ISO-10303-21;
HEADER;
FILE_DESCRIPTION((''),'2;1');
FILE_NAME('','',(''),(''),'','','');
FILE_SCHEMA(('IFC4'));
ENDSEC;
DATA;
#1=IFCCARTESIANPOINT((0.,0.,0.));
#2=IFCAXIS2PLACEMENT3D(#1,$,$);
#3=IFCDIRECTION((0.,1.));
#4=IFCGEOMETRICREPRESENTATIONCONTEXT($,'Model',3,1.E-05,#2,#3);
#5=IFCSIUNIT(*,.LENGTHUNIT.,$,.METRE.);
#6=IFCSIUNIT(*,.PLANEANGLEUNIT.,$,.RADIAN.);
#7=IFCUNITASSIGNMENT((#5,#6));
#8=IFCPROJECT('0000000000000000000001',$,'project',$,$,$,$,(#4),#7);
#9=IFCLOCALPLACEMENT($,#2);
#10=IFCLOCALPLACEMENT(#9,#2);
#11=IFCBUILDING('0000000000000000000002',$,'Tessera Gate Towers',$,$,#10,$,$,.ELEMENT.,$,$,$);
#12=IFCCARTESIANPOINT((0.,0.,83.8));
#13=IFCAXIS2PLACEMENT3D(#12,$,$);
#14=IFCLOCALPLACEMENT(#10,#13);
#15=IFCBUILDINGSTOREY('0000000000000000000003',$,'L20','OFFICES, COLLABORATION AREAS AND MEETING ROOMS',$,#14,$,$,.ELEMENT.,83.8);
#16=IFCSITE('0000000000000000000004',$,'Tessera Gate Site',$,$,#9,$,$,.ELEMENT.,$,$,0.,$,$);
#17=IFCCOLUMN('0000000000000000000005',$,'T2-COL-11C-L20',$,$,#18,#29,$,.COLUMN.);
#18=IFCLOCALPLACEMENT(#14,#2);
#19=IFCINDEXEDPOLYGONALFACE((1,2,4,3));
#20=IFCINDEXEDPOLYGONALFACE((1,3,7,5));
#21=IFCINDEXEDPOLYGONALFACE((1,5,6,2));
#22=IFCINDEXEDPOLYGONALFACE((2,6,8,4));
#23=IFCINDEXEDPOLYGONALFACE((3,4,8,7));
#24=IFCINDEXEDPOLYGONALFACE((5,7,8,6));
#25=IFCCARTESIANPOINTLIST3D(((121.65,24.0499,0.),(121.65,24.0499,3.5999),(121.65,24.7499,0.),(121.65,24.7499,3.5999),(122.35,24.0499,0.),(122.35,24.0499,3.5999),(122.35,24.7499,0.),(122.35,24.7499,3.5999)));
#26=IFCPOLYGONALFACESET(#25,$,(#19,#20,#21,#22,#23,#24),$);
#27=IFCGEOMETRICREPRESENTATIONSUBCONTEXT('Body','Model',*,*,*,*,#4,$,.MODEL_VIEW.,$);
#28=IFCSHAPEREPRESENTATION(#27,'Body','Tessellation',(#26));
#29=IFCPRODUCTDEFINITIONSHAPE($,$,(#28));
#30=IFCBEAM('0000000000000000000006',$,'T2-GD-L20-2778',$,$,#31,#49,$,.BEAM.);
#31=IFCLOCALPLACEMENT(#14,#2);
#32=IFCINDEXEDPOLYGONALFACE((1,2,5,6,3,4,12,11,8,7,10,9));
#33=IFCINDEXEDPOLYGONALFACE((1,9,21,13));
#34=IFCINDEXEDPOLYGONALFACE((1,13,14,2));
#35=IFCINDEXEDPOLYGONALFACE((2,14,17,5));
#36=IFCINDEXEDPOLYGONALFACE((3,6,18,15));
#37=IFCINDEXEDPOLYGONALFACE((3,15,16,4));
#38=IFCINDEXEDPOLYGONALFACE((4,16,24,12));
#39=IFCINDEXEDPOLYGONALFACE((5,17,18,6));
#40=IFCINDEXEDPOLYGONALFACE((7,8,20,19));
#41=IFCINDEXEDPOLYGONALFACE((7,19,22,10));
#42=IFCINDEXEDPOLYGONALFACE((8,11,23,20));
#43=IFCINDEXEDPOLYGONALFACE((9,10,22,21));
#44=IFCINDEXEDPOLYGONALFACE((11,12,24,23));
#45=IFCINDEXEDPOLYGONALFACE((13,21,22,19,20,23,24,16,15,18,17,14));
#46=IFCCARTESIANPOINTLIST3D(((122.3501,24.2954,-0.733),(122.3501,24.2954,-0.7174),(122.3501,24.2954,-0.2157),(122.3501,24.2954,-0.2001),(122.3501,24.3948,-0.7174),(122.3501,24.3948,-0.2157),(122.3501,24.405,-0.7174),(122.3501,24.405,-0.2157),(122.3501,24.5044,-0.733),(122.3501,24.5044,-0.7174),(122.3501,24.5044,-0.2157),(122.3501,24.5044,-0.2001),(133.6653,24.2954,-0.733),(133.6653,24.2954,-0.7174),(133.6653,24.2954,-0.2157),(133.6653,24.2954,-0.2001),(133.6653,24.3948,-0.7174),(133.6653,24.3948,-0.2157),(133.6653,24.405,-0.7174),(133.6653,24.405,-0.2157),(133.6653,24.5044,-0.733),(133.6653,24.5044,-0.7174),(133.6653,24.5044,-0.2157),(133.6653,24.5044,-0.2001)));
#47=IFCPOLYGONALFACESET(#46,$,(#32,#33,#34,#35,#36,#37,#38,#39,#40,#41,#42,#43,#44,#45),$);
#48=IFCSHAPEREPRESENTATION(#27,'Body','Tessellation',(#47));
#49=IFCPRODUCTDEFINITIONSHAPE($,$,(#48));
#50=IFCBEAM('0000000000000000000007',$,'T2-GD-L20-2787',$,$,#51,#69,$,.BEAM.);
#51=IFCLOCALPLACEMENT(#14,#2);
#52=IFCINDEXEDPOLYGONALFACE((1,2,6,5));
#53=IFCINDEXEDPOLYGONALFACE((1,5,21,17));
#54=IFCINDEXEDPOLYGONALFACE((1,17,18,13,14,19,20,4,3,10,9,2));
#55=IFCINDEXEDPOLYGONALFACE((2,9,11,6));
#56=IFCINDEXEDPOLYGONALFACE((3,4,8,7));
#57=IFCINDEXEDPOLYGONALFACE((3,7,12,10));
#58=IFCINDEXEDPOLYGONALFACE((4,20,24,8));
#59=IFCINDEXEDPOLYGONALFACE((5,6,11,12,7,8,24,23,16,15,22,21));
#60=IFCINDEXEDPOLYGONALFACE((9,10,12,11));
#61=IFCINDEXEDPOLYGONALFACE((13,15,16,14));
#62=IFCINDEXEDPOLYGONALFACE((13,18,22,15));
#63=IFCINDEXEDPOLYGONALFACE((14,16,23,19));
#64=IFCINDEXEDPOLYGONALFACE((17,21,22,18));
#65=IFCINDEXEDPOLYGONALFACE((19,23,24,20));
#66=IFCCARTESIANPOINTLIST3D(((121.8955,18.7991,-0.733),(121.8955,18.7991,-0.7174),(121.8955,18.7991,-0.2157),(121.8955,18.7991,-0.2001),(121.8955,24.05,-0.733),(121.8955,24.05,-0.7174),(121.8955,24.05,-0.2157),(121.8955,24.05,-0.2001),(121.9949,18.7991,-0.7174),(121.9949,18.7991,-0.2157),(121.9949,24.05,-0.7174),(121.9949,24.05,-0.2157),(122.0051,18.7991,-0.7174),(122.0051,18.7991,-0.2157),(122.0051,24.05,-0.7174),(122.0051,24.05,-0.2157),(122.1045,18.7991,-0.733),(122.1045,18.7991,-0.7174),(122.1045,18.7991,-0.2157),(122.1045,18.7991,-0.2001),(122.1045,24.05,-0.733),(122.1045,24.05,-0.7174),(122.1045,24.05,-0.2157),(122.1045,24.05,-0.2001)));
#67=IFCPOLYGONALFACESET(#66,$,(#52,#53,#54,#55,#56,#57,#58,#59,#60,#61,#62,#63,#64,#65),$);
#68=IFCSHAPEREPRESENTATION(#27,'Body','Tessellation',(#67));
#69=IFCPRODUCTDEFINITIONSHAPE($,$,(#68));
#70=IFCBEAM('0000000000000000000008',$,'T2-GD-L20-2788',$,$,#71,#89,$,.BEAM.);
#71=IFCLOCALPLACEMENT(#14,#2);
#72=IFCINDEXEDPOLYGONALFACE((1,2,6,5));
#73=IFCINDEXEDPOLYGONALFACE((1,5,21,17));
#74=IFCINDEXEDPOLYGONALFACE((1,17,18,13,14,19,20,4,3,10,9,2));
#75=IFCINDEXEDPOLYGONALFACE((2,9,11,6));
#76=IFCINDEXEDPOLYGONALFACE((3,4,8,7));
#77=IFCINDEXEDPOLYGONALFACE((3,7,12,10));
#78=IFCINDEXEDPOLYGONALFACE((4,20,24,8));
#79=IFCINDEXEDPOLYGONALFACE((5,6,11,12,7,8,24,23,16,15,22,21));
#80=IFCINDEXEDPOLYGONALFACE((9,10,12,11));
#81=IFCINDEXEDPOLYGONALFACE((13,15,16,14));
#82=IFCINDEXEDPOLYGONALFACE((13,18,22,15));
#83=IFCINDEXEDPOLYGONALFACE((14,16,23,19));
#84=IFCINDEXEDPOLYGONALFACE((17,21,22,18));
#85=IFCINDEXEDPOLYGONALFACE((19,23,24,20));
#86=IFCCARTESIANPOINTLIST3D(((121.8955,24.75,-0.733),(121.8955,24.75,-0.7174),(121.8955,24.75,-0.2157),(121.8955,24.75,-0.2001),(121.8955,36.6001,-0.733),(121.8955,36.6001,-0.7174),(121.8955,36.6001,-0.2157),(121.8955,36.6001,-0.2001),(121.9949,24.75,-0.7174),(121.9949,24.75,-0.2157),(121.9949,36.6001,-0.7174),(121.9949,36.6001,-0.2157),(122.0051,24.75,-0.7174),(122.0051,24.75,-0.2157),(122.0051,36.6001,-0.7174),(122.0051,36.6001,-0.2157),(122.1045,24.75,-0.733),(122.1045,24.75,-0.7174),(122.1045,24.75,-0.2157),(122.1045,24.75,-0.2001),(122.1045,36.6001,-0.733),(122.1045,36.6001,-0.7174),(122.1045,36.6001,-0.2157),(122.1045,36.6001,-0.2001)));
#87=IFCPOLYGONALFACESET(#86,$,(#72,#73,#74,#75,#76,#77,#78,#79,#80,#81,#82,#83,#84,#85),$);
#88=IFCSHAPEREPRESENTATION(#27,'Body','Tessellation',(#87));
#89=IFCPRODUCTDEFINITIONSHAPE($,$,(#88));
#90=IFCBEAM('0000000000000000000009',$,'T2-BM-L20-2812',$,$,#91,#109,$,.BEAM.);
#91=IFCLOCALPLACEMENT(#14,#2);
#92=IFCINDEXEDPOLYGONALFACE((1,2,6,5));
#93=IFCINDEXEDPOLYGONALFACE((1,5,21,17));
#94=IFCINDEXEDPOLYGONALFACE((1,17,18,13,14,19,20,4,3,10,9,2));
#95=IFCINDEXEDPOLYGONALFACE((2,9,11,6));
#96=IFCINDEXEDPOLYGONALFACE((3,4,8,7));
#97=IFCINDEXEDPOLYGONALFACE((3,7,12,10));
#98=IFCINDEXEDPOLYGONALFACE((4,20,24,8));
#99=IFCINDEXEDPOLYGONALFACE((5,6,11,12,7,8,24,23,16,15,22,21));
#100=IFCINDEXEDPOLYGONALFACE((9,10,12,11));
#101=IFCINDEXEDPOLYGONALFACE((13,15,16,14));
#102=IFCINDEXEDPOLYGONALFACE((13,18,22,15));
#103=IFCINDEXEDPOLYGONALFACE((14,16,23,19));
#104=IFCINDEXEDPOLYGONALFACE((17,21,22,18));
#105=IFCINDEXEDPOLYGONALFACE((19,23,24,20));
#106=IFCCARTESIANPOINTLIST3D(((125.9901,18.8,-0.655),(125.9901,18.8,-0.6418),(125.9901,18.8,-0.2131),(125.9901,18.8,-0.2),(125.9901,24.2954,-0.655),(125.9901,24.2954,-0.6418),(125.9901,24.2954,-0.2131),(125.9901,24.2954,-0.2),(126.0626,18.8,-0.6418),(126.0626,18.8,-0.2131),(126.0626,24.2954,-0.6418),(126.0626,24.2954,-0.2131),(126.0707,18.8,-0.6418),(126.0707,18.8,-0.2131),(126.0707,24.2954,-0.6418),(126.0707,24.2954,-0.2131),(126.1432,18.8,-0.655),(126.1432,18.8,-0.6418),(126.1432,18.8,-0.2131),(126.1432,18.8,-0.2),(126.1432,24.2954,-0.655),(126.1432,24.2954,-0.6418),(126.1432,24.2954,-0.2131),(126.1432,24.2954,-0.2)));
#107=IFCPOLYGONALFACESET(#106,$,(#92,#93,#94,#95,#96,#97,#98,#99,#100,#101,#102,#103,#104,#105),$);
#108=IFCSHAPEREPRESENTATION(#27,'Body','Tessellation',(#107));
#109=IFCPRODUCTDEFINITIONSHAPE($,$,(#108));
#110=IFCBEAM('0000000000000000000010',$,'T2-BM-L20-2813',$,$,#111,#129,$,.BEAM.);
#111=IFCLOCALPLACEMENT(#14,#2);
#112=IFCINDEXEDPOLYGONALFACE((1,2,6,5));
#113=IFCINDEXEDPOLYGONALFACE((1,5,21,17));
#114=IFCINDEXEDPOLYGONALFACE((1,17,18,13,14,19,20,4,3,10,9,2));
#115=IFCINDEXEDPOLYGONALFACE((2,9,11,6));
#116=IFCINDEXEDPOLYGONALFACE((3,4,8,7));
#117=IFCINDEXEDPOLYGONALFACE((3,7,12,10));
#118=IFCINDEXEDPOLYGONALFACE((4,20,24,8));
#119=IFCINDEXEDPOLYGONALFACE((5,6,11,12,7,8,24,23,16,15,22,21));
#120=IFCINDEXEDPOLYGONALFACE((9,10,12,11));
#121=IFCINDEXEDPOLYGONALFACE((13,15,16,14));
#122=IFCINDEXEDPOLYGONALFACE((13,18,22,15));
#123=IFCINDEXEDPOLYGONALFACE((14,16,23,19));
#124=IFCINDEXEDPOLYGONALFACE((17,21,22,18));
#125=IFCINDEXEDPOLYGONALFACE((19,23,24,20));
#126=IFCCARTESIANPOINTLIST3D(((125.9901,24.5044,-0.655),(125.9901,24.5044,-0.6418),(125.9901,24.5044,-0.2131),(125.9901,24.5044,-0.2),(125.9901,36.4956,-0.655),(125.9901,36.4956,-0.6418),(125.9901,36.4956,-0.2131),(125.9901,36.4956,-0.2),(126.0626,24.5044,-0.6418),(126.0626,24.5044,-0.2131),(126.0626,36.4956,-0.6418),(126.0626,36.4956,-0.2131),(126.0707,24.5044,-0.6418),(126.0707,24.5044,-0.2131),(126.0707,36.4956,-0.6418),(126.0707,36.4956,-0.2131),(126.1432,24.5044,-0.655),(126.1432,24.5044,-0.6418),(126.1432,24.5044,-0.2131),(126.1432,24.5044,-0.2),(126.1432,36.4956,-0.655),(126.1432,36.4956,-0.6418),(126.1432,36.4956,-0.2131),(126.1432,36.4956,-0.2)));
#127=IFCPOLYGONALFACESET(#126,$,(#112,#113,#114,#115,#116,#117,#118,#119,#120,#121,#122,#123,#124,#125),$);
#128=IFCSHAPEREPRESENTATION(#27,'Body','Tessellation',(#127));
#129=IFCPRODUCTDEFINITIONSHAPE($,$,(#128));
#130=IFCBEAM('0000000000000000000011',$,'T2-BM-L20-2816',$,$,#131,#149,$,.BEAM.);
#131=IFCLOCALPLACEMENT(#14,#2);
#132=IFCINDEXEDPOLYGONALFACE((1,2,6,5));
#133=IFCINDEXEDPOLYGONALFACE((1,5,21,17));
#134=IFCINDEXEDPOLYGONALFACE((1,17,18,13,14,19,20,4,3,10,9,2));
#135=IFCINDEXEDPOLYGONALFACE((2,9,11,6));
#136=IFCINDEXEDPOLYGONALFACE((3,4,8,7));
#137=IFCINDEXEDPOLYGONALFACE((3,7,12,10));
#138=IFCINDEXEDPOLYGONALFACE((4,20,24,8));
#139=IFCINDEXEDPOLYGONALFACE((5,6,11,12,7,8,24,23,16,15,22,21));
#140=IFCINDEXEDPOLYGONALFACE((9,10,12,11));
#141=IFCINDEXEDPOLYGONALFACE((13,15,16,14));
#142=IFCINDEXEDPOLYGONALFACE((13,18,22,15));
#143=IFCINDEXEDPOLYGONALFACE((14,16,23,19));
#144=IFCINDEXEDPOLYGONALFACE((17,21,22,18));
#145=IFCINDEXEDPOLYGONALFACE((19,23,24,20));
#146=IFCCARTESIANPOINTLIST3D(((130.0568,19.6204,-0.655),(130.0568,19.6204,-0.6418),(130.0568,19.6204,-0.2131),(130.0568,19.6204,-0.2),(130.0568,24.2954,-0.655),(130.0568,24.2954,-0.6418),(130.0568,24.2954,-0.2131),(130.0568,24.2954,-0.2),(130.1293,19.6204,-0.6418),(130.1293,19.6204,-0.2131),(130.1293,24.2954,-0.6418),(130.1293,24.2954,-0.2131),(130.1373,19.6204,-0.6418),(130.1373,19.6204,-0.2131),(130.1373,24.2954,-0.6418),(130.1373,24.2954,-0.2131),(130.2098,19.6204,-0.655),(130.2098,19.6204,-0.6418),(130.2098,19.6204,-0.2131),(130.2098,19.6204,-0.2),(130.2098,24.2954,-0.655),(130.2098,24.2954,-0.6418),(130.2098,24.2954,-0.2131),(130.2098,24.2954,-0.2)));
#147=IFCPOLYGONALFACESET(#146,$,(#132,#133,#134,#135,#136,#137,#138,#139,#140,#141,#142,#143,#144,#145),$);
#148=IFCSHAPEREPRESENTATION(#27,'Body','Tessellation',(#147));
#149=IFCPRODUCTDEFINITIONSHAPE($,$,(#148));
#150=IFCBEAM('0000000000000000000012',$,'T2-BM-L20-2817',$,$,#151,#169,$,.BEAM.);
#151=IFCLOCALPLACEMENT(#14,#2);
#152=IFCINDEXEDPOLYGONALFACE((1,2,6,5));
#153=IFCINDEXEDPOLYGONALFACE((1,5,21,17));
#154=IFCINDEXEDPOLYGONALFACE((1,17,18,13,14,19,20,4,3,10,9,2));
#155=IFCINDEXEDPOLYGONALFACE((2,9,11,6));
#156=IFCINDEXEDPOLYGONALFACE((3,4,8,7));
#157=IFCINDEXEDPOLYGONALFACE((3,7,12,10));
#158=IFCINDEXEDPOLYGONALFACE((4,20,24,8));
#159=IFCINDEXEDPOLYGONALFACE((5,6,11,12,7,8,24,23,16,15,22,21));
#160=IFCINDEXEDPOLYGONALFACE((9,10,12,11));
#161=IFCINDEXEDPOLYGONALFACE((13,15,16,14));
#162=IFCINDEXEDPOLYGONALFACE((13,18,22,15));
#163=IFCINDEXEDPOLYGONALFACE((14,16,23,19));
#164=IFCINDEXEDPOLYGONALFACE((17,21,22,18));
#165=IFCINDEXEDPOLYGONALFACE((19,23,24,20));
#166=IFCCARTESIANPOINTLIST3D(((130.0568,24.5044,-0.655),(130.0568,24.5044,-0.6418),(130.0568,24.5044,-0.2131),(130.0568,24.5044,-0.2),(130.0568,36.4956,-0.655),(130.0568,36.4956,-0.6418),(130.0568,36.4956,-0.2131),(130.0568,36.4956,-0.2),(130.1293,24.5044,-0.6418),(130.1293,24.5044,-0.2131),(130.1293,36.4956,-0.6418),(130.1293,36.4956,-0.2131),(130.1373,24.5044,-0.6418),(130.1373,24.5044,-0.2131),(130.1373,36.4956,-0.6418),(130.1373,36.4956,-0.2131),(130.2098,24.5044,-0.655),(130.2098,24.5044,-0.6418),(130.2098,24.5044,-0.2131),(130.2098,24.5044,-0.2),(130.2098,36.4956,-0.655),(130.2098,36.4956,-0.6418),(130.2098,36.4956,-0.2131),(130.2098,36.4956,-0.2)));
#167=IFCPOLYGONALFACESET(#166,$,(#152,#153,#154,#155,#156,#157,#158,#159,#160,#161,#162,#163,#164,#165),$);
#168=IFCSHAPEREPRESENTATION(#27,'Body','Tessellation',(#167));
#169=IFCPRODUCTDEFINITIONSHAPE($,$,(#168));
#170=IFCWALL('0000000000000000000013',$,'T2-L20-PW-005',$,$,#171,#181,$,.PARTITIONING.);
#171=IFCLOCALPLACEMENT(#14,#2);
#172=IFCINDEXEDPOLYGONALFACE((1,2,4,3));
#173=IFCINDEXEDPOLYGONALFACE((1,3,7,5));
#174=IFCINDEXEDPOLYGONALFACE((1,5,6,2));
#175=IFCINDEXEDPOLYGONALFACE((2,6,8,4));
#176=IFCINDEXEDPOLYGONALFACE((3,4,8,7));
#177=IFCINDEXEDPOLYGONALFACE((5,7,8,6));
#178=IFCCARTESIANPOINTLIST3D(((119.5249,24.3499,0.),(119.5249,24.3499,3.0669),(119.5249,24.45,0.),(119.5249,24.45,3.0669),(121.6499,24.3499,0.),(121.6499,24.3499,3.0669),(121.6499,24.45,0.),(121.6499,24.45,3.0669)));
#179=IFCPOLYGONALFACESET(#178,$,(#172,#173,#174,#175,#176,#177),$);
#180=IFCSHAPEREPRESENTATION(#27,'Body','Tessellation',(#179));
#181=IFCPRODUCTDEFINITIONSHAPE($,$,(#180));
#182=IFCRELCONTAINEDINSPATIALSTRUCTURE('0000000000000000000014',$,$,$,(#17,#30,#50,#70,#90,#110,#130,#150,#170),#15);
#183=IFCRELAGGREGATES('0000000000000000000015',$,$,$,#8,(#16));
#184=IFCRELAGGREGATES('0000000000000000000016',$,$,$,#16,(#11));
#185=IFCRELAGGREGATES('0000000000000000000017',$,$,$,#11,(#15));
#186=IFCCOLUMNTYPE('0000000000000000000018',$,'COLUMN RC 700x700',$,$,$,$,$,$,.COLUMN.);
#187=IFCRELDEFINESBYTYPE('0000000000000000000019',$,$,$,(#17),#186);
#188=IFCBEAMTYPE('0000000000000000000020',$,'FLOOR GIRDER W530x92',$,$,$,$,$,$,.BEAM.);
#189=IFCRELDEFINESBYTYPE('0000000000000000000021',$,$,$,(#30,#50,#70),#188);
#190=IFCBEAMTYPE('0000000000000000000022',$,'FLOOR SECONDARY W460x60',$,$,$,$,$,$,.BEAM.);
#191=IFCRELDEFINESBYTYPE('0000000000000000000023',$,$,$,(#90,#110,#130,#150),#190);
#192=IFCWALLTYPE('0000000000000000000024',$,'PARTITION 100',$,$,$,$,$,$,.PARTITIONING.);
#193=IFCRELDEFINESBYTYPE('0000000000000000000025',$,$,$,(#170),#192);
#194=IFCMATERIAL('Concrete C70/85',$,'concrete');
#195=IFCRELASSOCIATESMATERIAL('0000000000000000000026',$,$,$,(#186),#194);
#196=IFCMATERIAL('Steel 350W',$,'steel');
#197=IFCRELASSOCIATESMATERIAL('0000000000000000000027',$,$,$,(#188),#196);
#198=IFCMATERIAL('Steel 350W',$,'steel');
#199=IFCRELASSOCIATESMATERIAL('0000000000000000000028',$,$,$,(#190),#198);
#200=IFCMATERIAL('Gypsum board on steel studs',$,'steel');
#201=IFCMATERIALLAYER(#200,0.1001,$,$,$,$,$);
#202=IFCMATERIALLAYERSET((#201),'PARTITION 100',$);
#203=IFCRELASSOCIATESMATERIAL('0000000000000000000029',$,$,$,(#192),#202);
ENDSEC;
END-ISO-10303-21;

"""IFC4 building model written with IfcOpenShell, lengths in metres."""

from ifc_helpers import new_model, si_unit, direction, frame, frame_2d, origin, origin_2d, place, context, subcontext, project, spatial, rectangle, i_section, extrude, material, layer, layer_set, material_profile, profile_set, type_object, element, save


model = new_model("IFC4")

# Units and contexts
model_context = context("Model", 3, precision=1e-05, world=origin(), true_north=direction((0.0, 1.0)))
body_context = subcontext(model_context, "Body", "Model", "MODEL_VIEW")
ifc_project = project(units=[si_unit("LENGTHUNIT", "METRE"), si_unit("PLANEANGLEUNIT", "RADIAN")], contexts=[model_context])

# Site, building, storey
site_placement = place(None, origin())
site = spatial("IfcSite", under=ifc_project, at=site_placement, Name="Tessera Gate Site", CompositionType="ELEMENT", RefElevation=0.0)
building_placement = place(site_placement, origin())
building = spatial("IfcBuilding", under=site, at=building_placement, Name="Tessera Gate Towers", CompositionType="ELEMENT")
storey_placement = place(building_placement, frame((0.0, 0.0, 83.8)))
storey = spatial("IfcBuildingStorey", under=building, at=storey_placement, Name="L20", Description="OFFICES, COLLABORATION AREAS AND MEETING ROOMS", CompositionType="ELEMENT", Elevation=83.8)

# Column
ifc_material_1 = material(Name="Concrete C70/85", Category="concrete")
ifc_material_profile_1 = material_profile(ifc_material_1, rectangle(XDim=0.7, YDim=0.7, at=origin_2d()), Name="RC 700x700")
ifc_profile_set_1 = profile_set([ifc_material_profile_1], Name="Concrete C70/85")
column_type = type_object("IfcColumnType", Name="COLUMN RC 700x700", PredefinedType="COLUMN", material=ifc_profile_set_1)
column_placement = place(storey_placement, frame((122.0, 24.3999, 0.0), z_axis=(0.0, 0.0, 1.0), x_axis=(1.0, 0.0, 0.0)))
element("IfcColumn", 1, at=column_placement, inside=storey, type_object=column_type, Name="T2-COL-11C-L20", PredefinedType="COLUMN", context=body_context, shape_type="SweptSolid", body=[
    extrude(rectangle(XDim=0.7, YDim=0.7, at=origin_2d()), origin(), (0.0, 0.0, 1.0), 3.5999),
])

# Beams
ifc_material_2 = material(Name="Steel 350W", Category="steel")
ifc_material_profile_2 = material_profile(ifc_material_2, i_section(OverallWidth=0.209, OverallDepth=0.533, WebThickness=0.0103, FlangeThickness=0.0156, at=origin_2d()), Name="W530x92")
ifc_profile_set_2 = profile_set([ifc_material_profile_2], Name="Steel 350W")
beam_type_1 = type_object("IfcBeamType", Name="FLOOR GIRDER W530x92", PredefinedType="BEAM", material=ifc_profile_set_2)
beam_1_placement = place(storey_placement, frame((122.3501, 24.3999, -0.4666), z_axis=(1.0, 0.0, 0.0), x_axis=(0.0, 1.0, 0.0)))
element("IfcBeam", 2, at=beam_1_placement, inside=storey, type_object=beam_type_1, Name="T2-GD-L20-2778", PredefinedType="BEAM", context=body_context, shape_type="SweptSolid", body=[
    extrude(i_section(OverallWidth=0.209, OverallDepth=0.533, WebThickness=0.0103, FlangeThickness=0.0156, at=origin_2d()), origin(), (0.0, 0.0, 1.0), 11.3152),
])
beam_2_placement = place(storey_placement, frame((122.0, 18.7991, -0.4666), z_axis=(0.0, 1.0, 0.0), x_axis=(-1.0, 0.0, 0.0)))
element("IfcBeam", 3, at=beam_2_placement, inside=storey, type_object=beam_type_1, Name="T2-GD-L20-2787", PredefinedType="BEAM", context=body_context, shape_type="SweptSolid", body=[
    extrude(i_section(OverallWidth=0.209, OverallDepth=0.533, WebThickness=0.0103, FlangeThickness=0.0156, at=origin_2d()), origin(), (0.0, 0.0, 1.0), 5.251),
])
beam_3_placement = place(storey_placement, frame((122.0, 24.75, -0.4666), z_axis=(0.0, 1.0, 0.0), x_axis=(-1.0, 0.0, 0.0)))
element("IfcBeam", 4, at=beam_3_placement, inside=storey, type_object=beam_type_1, Name="T2-GD-L20-2788", PredefinedType="BEAM", context=body_context, shape_type="SweptSolid", body=[
    extrude(i_section(OverallWidth=0.209, OverallDepth=0.533, WebThickness=0.0103, FlangeThickness=0.0156, at=origin_2d()), origin(), (0.0, 0.0, 1.0), 11.8501),
])
ifc_material_3 = material(Name="Steel 350W", Category="steel")
ifc_material_profile_3 = material_profile(ifc_material_3, i_section(OverallWidth=0.1531, OverallDepth=0.4551, WebThickness=0.0081, FlangeThickness=0.0132, at=origin_2d()), Name="W460x60")
ifc_profile_set_3 = profile_set([ifc_material_profile_3], Name="Steel 350W")
beam_type_2 = type_object("IfcBeamType", Name="FLOOR SECONDARY W460x60", PredefinedType="BEAM", material=ifc_profile_set_3)
beam_4_placement = place(storey_placement, frame((126.0667, 18.8, -0.4275), z_axis=(0.0, 1.0, 0.0), x_axis=(-1.0, 0.0, 0.0)))
element("IfcBeam", 5, at=beam_4_placement, inside=storey, type_object=beam_type_2, Name="T2-BM-L20-2812", PredefinedType="BEAM", context=body_context, shape_type="SweptSolid", body=[
    extrude(i_section(OverallWidth=0.1531, OverallDepth=0.4551, WebThickness=0.0081, FlangeThickness=0.0132, at=origin_2d()), origin(), (0.0, 0.0, 1.0), 5.4954),
])
beam_5_placement = place(storey_placement, frame((126.0667, 24.5044, -0.4275), z_axis=(0.0, 1.0, 0.0), x_axis=(-1.0, 0.0, 0.0)))
element("IfcBeam", 6, at=beam_5_placement, inside=storey, type_object=beam_type_2, Name="T2-BM-L20-2813", PredefinedType="BEAM", context=body_context, shape_type="SweptSolid", body=[
    extrude(i_section(OverallWidth=0.1531, OverallDepth=0.4551, WebThickness=0.0081, FlangeThickness=0.0132, at=origin_2d()), origin(), (0.0, 0.0, 1.0), 11.9912),
])
beam_6_placement = place(storey_placement, frame((130.1333, 19.6204, -0.4275), z_axis=(0.0, 1.0, 0.0), x_axis=(-1.0, 0.0, 0.0)))
element("IfcBeam", 7, at=beam_6_placement, inside=storey, type_object=beam_type_2, Name="T2-BM-L20-2816", PredefinedType="BEAM", context=body_context, shape_type="SweptSolid", body=[
    extrude(i_section(OverallWidth=0.1531, OverallDepth=0.4551, WebThickness=0.0081, FlangeThickness=0.0132, at=origin_2d()), origin(), (0.0, 0.0, 1.0), 4.675),
])
beam_7_placement = place(storey_placement, frame((130.1333, 24.5044, -0.4275), z_axis=(0.0, 1.0, 0.0), x_axis=(-1.0, 0.0, 0.0)))
element("IfcBeam", 8, at=beam_7_placement, inside=storey, type_object=beam_type_2, Name="T2-BM-L20-2817", PredefinedType="BEAM", context=body_context, shape_type="SweptSolid", body=[
    extrude(i_section(OverallWidth=0.1531, OverallDepth=0.4551, WebThickness=0.0081, FlangeThickness=0.0132, at=origin_2d()), origin(), (0.0, 0.0, 1.0), 11.9912),
])

# Wall
ifc_material_4 = material(Name="Gypsum board on steel studs", Category="steel")
ifc_layer_1 = layer(ifc_material_4, 0.1001)
ifc_layer_set_1 = layer_set([ifc_layer_1], Name="PARTITION 100")
wall_type_1 = type_object("IfcWallType", Name="PARTITION 100", PredefinedType="PARTITIONING", material=ifc_layer_set_1)
wall_1_placement = place(storey_placement, frame((121.6499, 24.3999, 0.0), z_axis=(0.0, 0.0, 1.0), x_axis=(-1.0, 0.0, 0.0)))
element("IfcWall", 9, at=wall_1_placement, inside=storey, type_object=wall_type_1, Name="T2-L20-PW-005", PredefinedType="PARTITIONING", context=body_context, shape_type="SweptSolid", body=[
    extrude(rectangle(XDim=2.125, YDim=0.1001, at=frame_2d((1.0625, 0.0))), origin(), (0.0, 0.0, 1.0), 3.0669),
])

save(model, "model.ifc")
